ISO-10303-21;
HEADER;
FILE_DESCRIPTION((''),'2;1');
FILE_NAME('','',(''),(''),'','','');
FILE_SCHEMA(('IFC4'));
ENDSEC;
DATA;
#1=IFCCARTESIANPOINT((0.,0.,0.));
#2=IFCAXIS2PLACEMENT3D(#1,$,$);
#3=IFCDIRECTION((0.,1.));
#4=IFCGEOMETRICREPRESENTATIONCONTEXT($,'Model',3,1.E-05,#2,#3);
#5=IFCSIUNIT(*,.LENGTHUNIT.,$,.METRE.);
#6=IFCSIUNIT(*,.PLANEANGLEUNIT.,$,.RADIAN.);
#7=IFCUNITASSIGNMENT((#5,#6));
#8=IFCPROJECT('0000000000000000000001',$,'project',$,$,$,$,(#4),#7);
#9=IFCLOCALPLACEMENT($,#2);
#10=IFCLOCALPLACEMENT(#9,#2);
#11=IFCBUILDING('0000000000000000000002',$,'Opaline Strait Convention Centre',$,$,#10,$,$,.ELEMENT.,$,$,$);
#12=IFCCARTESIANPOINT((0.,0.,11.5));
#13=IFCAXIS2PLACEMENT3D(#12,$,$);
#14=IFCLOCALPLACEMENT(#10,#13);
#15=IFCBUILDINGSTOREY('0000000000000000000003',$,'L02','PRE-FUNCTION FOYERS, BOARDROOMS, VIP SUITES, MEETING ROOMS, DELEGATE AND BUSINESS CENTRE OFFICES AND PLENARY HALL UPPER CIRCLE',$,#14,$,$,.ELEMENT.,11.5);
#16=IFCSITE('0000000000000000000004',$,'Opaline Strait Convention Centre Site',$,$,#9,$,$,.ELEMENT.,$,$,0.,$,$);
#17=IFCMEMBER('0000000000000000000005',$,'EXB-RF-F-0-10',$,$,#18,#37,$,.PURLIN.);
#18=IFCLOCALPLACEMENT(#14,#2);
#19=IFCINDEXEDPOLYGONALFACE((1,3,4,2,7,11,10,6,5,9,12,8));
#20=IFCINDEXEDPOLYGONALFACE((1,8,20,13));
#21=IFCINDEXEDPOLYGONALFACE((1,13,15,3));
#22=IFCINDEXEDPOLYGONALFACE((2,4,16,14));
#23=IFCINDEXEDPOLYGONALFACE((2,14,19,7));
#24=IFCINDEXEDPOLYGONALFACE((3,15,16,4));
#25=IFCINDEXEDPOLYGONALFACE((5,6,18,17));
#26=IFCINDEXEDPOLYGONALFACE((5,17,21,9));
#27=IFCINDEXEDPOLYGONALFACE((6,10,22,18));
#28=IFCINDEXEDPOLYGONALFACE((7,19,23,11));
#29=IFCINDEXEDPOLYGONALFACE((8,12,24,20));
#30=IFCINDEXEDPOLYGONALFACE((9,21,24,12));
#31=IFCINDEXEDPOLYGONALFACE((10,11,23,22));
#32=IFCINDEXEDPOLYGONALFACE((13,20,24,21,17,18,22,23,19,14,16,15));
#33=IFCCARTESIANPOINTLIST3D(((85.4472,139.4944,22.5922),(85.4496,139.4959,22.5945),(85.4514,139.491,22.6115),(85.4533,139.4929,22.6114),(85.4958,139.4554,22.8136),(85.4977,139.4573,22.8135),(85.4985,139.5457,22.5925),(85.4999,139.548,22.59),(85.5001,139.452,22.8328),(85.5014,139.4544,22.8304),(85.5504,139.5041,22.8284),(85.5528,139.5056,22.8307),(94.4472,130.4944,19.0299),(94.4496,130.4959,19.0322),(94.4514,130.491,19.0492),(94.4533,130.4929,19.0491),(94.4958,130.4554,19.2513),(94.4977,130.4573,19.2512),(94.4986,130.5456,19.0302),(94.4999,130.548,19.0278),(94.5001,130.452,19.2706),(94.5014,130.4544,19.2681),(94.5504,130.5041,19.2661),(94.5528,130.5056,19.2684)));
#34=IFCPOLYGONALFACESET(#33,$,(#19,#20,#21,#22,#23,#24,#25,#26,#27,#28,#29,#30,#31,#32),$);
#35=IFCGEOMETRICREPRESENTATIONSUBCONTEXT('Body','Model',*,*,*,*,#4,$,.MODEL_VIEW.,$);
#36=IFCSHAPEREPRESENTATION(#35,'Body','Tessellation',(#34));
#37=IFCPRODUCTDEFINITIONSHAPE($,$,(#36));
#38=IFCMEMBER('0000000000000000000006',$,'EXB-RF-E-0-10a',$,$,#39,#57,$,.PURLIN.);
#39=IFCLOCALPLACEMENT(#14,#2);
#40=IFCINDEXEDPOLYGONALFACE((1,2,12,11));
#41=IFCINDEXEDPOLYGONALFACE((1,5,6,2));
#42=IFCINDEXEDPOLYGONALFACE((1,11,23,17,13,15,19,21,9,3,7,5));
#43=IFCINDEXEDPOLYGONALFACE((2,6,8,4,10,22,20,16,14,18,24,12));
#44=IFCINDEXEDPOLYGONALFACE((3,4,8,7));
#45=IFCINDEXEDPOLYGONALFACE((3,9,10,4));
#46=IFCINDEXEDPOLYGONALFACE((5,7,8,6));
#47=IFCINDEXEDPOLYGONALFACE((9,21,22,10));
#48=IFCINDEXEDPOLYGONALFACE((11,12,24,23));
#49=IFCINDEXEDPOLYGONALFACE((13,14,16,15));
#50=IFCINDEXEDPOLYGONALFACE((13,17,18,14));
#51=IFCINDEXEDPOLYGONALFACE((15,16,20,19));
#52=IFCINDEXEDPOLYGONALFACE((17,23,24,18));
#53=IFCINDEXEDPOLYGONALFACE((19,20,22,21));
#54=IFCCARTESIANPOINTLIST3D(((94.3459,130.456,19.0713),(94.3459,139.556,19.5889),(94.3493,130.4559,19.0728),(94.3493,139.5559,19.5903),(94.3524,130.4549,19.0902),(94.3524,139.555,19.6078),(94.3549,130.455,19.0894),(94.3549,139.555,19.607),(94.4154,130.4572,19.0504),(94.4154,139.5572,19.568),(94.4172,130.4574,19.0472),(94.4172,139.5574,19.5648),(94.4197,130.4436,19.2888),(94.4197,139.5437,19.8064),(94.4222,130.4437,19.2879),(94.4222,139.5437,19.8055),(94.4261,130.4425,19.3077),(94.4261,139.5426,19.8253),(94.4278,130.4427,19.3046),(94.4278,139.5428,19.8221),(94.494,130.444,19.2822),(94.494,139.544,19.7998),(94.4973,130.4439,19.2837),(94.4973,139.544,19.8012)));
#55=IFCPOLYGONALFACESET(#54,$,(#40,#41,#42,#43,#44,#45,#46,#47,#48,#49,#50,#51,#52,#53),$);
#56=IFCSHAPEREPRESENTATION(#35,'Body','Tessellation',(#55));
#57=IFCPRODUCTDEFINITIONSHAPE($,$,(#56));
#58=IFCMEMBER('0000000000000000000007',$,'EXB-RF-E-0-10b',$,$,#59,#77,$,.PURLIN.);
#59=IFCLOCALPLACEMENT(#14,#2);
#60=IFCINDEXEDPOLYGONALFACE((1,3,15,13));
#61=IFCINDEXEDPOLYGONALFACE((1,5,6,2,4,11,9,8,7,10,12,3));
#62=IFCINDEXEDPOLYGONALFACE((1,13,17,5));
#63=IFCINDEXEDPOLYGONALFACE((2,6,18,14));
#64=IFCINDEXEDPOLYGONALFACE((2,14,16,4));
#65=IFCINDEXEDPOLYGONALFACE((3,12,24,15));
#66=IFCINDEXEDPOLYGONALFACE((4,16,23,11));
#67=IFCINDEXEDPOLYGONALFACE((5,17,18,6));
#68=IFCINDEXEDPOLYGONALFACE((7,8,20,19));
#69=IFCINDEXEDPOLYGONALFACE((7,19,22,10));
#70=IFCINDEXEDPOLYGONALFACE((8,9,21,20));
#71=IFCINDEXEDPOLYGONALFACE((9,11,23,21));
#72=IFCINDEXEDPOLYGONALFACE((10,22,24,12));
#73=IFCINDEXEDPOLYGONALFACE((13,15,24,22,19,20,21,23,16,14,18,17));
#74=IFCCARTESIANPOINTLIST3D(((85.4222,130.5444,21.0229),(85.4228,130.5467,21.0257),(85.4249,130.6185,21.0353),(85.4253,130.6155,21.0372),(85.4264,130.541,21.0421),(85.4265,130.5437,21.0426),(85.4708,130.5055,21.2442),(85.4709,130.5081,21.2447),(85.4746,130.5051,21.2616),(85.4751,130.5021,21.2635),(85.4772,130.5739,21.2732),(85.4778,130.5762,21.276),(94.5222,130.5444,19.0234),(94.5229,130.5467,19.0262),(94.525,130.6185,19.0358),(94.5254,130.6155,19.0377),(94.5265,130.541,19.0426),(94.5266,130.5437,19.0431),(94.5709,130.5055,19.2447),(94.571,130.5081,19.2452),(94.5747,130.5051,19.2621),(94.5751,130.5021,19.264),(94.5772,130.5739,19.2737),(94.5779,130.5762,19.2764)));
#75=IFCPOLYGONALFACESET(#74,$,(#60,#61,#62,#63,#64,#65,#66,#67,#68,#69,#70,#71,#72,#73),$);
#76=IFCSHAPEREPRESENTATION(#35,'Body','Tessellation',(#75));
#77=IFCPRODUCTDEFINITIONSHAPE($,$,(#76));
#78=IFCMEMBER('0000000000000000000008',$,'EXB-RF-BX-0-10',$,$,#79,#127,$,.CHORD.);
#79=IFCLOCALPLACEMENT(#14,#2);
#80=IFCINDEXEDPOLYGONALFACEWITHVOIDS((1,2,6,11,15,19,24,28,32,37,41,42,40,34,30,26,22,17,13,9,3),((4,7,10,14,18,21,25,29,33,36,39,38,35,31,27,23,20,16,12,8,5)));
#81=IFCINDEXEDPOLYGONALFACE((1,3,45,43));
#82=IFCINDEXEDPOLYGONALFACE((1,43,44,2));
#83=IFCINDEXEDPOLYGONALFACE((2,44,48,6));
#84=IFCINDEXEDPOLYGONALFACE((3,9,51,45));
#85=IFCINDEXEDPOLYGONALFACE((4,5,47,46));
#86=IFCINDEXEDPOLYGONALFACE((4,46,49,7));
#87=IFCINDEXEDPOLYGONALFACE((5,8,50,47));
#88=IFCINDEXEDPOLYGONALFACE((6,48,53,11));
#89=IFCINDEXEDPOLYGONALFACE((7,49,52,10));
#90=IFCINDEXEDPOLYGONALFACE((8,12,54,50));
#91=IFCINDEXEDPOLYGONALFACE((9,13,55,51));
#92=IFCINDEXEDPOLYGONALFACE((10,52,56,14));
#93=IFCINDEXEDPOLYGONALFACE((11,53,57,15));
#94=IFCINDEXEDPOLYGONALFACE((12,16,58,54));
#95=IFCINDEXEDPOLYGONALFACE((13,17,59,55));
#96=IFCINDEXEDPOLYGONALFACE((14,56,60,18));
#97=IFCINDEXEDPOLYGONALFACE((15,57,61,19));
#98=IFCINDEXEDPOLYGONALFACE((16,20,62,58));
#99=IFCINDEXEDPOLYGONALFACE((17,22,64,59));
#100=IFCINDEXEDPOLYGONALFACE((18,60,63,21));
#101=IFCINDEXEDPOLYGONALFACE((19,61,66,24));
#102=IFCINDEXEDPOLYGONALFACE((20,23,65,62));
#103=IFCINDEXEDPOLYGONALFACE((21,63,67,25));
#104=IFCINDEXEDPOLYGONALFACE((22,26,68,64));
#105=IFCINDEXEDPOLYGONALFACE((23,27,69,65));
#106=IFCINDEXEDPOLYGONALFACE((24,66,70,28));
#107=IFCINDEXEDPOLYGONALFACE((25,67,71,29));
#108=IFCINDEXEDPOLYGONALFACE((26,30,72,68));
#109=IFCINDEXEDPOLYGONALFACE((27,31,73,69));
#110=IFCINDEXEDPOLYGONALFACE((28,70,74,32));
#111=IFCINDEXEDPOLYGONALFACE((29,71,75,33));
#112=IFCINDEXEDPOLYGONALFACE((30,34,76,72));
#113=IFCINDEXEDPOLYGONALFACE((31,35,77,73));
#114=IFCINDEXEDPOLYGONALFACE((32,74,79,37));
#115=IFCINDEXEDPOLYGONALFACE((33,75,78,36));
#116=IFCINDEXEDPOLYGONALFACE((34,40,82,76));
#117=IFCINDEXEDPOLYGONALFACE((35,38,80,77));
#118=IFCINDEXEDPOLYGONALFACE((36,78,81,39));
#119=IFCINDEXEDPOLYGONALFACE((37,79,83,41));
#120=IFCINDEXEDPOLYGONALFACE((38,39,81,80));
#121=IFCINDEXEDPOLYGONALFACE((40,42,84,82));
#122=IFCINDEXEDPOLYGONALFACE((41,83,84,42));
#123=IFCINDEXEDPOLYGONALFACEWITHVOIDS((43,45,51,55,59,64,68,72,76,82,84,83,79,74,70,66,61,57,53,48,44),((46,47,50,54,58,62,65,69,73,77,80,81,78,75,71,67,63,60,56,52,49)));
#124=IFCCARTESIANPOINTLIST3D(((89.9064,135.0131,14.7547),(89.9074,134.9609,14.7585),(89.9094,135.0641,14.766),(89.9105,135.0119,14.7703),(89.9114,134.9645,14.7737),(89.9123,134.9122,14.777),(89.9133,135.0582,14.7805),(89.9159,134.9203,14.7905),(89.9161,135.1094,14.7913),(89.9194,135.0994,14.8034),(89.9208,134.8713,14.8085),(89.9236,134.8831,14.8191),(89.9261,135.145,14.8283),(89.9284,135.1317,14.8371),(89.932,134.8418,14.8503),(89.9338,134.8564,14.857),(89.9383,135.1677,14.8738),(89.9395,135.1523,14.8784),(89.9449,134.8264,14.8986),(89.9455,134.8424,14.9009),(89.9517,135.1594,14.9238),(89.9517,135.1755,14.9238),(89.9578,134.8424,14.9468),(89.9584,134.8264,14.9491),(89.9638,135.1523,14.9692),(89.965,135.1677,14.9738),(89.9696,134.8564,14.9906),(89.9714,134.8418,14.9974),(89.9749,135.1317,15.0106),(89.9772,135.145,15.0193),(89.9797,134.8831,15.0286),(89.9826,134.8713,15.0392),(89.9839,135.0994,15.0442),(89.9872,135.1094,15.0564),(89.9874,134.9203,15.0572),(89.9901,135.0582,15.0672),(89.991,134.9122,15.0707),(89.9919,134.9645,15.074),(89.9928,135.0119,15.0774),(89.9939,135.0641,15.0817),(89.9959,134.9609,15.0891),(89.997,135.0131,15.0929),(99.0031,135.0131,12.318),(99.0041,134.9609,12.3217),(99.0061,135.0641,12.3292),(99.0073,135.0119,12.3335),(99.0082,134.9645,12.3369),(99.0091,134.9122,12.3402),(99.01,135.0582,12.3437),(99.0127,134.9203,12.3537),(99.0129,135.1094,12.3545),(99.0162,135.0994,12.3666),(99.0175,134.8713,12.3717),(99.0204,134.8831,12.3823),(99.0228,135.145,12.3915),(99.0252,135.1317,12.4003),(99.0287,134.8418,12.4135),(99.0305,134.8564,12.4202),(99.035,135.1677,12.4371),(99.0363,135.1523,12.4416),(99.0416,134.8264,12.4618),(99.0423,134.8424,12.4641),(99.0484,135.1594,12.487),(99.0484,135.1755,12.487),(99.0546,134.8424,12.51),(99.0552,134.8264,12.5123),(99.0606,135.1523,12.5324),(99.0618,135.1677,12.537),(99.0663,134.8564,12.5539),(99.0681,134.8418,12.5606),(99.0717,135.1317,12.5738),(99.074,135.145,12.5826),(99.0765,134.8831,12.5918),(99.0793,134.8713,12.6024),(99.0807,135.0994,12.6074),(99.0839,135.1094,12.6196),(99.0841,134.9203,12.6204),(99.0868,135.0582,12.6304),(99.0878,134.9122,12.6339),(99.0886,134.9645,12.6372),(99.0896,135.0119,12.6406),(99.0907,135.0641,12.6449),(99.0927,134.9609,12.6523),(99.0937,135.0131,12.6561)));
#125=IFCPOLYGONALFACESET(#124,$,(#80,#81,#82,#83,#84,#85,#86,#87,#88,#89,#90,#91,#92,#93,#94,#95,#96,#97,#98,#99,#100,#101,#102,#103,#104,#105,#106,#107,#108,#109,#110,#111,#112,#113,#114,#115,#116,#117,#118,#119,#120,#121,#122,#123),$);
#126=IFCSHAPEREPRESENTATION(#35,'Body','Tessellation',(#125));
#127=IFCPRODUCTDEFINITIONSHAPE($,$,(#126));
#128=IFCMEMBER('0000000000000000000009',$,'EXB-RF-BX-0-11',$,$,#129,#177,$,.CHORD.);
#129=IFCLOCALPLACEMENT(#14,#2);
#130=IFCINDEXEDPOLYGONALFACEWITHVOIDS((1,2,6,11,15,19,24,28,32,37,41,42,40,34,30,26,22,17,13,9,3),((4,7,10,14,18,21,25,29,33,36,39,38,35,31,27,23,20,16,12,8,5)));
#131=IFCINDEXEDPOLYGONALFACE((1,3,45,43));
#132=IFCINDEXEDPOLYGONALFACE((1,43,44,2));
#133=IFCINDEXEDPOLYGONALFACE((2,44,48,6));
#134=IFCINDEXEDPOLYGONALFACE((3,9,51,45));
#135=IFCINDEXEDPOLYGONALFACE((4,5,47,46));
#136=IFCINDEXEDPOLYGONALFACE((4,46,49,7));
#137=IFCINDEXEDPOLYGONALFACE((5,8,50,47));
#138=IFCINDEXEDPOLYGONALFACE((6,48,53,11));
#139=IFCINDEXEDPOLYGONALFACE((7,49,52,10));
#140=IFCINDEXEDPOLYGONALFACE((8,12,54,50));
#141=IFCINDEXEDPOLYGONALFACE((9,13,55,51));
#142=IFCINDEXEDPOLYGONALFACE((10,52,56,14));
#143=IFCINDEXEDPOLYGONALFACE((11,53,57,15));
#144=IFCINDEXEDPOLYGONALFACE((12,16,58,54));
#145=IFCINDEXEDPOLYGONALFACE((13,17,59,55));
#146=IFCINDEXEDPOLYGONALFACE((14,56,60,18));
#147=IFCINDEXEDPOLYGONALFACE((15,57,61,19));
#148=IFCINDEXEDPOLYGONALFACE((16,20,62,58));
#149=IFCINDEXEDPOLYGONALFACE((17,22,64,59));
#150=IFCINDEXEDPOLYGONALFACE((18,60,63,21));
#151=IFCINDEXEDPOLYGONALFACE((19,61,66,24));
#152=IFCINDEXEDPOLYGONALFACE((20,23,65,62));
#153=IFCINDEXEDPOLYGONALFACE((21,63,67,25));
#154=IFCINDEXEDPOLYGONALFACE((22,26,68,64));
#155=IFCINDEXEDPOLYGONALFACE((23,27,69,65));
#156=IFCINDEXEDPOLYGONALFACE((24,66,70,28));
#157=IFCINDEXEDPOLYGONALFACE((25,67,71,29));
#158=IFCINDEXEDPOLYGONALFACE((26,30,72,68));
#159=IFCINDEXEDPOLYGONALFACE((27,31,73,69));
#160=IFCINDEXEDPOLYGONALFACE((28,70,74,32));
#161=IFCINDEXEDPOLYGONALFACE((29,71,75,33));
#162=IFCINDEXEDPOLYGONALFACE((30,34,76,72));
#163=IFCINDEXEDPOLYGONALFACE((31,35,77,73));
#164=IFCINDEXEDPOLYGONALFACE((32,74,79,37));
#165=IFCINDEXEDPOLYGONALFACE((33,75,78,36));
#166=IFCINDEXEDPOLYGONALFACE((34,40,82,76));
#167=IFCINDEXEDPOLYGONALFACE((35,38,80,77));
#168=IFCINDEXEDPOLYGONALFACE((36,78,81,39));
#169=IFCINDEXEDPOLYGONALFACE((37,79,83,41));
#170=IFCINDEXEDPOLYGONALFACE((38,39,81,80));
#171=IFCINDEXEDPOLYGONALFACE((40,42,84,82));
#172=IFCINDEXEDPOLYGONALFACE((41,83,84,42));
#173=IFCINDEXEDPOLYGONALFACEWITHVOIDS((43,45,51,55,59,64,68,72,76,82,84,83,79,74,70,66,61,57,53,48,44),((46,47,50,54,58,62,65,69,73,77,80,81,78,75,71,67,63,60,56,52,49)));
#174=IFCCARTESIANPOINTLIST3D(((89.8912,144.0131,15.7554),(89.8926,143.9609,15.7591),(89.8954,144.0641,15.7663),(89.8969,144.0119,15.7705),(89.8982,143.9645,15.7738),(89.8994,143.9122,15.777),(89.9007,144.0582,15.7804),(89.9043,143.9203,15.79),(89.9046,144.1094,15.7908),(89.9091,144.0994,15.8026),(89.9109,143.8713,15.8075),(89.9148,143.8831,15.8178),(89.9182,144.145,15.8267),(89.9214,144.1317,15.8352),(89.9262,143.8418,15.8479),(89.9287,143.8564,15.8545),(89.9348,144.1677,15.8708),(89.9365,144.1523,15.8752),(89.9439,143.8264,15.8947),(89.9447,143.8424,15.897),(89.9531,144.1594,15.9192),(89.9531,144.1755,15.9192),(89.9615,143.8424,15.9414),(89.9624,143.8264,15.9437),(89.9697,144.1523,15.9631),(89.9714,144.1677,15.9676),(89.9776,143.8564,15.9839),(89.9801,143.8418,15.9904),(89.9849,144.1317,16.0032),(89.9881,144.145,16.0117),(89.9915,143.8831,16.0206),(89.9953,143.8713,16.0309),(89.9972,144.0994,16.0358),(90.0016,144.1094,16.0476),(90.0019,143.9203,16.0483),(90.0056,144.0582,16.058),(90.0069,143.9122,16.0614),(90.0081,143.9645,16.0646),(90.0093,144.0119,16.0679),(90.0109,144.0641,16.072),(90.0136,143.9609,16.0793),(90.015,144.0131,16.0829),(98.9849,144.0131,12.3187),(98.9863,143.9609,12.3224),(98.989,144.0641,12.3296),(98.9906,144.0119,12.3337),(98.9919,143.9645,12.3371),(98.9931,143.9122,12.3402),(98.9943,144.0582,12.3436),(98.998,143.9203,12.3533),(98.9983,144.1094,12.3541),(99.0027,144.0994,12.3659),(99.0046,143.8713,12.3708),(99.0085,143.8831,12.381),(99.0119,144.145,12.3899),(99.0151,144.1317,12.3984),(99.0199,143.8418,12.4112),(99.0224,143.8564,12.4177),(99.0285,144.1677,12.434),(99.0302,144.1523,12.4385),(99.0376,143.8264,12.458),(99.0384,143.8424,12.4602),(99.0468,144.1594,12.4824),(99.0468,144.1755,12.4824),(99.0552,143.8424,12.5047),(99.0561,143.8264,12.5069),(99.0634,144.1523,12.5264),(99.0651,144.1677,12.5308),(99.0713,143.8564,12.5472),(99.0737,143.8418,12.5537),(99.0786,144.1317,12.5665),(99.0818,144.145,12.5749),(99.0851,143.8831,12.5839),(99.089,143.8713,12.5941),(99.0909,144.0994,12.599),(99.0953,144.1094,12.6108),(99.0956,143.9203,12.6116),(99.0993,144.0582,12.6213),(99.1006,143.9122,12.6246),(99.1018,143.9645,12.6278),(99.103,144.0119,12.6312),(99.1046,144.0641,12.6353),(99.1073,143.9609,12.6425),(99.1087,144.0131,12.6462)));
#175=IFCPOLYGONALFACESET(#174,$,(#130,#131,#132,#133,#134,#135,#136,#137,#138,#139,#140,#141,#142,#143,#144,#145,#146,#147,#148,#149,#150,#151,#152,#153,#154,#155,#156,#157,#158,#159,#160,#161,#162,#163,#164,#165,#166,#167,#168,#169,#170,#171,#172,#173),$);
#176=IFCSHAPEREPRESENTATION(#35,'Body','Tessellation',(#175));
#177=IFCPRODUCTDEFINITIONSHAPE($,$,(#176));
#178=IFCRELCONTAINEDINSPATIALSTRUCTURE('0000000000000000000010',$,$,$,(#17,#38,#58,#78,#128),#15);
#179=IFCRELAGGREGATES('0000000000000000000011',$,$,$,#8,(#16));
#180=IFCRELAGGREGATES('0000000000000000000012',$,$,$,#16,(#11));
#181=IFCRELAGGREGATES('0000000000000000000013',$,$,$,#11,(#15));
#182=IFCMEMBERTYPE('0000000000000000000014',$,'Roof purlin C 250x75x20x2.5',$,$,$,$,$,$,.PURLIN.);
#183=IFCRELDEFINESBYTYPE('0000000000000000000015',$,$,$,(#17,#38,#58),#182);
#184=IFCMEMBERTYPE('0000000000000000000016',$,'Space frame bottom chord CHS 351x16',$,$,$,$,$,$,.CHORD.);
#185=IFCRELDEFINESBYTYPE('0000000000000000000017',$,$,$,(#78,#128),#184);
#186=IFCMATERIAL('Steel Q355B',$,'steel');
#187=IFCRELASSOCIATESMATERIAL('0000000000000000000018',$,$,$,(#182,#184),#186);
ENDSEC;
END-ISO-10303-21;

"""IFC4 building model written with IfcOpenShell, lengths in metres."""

from ifc_helpers import new_model, si_unit, direction, frame, origin, origin_2d, place, context, subcontext, project, spatial, polyline, hollow_circle, outline, extrude, material, material_profile, profile_set, type_object, element, save


model = new_model("IFC4")

# Units and contexts
model_context = context("Model", 3, precision=1e-05, world=origin(), true_north=direction((0.0, 1.0)))
body_context = subcontext(model_context, "Body", "Model", "MODEL_VIEW")
ifc_project = project(units=[si_unit("LENGTHUNIT", "METRE"), si_unit("PLANEANGLEUNIT", "RADIAN")], contexts=[model_context])

# Site, building, storey
site_placement = place(None, origin())
site = spatial("IfcSite", under=ifc_project, at=site_placement, Name="Opaline Strait Convention Centre Site", CompositionType="ELEMENT", RefElevation=0.0)
building_placement = place(site_placement, origin())
building = spatial("IfcBuilding", under=site, at=building_placement, Name="Opaline Strait Convention Centre", CompositionType="ELEMENT")
storey_placement = place(building_placement, frame((0.0, 0.0, 11.5)))
storey = spatial("IfcBuildingStorey", under=building, at=storey_placement, Name="L02", Description="PRE-FUNCTION FOYERS, BOARDROOMS, VIP SUITES, MEETING ROOMS, DELEGATE AND BUSINESS CENTRE OFFICES AND PLENARY HALL UPPER CIRCLE", CompositionType="ELEMENT", Elevation=11.5)

# Members
ifc_material_1 = material(Name="Steel Q355B", Category="steel")
ifc_material_profile_1 = material_profile(ifc_material_1, outline(polyline([(-0.0376, -0.125), (0.0376, -0.125), (0.0376, -0.105), (0.0349, -0.105), (0.0349, -0.1226), (-0.0349, -0.1226), (-0.0349, 0.1226), (0.0349, 0.1226), (0.0349, 0.105), (0.0376, 0.105), (0.0376, 0.125), (-0.0376, 0.125), (-0.0376, -0.125)])), Name="C 250x75x20x2.5")
ifc_profile_set_1 = profile_set([ifc_material_profile_1], Name="Steel Q355B")
member_type_1 = type_object("IfcMemberType", Name="Roof purlin C 250x75x20x2.5", PredefinedType="PURLIN", material=ifc_profile_set_1)
member_1_placement = place(storey_placement, frame((94.5, 130.5, 19.1492), z_axis=(-0.68094, 0.68094, 0.26952), x_axis=(-0.701136, -0.712454, 0.028595)))
element("IfcMember", 1, at=member_1_placement, inside=storey, type_object=member_type_1, Name="EXB-RF-F-0-10", PredefinedType="PURLIN", context=body_context, shape_type="SweptSolid", body=[
    extrude(outline(polyline([(-0.0376, -0.125), (0.0376, -0.125), (0.0376, -0.105), (0.0349, -0.105), (0.0349, -0.1226), (-0.0349, -0.1226), (-0.0349, 0.1226), (0.0349, 0.1226), (0.0349, 0.105), (0.0376, 0.105), (0.0376, 0.125), (-0.0376, 0.125), (-0.0376, -0.125)])), origin(), (0.0, 0.0, 1.0), 13.217),
])
member_2_placement = place(storey_placement, frame((94.4216, 130.45, 19.1775), z_axis=(0.0, 0.998386, 0.056784), x_axis=(-0.947232, -0.018202, 0.320033)))
element("IfcMember", 2, at=member_2_placement, inside=storey, type_object=member_type_1, Name="EXB-RF-E-0-10a", PredefinedType="PURLIN", context=body_context, shape_type="SweptSolid", body=[
    extrude(outline(polyline([(-0.0376, -0.125), (0.0376, -0.125), (0.0376, -0.105), (0.0349, -0.105), (0.0349, -0.1226), (-0.0349, -0.1226), (-0.0349, 0.1226), (0.0349, 0.1226), (0.0349, 0.105), (0.0376, 0.105), (0.0376, 0.125), (-0.0376, 0.125), (-0.0376, -0.125)])), origin(), (0.0, 0.0, 1.0), 9.1147),
])
member_3_placement = place(storey_placement, frame((94.55, 130.5603, 19.1499), z_axis=(-0.976701, 0.0, 0.214605), x_axis=(-0.036376, -0.98553, -0.165553)))
element("IfcMember", 3, at=member_3_placement, inside=storey, type_object=member_type_1, Name="EXB-RF-E-0-10b", PredefinedType="PURLIN", context=body_context, shape_type="SweptSolid", body=[
    extrude(outline(polyline([(-0.0376, -0.125), (0.0376, -0.125), (0.0376, -0.105), (0.0349, -0.105), (0.0349, -0.1226), (-0.0349, -0.1226), (-0.0349, 0.1226), (0.0349, 0.1226), (0.0349, 0.105), (0.0376, 0.105), (0.0376, 0.125), (-0.0376, 0.125), (-0.0376, -0.125)])), origin(), (0.0, 0.0, 1.0), 9.3171),
])
ifc_material_profile_2 = material_profile(ifc_material_1, hollow_circle(Radius=0.1755, WallThickness=0.0161, at=origin_2d()), Name="CHS 351x16")
ifc_profile_set_2 = profile_set([ifc_material_profile_2], Name="Steel Q355B")
member_type_2 = type_object("IfcMemberType", Name="Space frame bottom chord CHS 351x16", PredefinedType="CHORD", material=ifc_profile_set_2)
member_4_placement = place(storey_placement, frame((89.9517, 135.0, 14.9238), z_axis=(0.965944, 0.0, -0.258752), x_axis=(0.0, 1.0, 0.0)))
element("IfcMember", 4, at=member_4_placement, inside=storey, type_object=member_type_2, Name="EXB-RF-BX-0-10", PredefinedType="CHORD", context=body_context, shape_type="SweptSolid", body=[
    extrude(hollow_circle(Radius=0.1755, WallThickness=0.0161, at=origin_2d()), origin(), (0.0, 0.0, 1.0), 9.4175),
])
member_5_placement = place(storey_placement, frame((89.9531, 144.0, 15.9192), z_axis=(0.935426, 0.0, -0.353522), x_axis=(0.0, 1.0, 0.0)))
element("IfcMember", 5, at=member_5_placement, inside=storey, type_object=member_type_2, Name="EXB-RF-BX-0-11", PredefinedType="CHORD", context=body_context, shape_type="SweptSolid", body=[
    extrude(hollow_circle(Radius=0.1755, WallThickness=0.0161, at=origin_2d()), origin(), (0.0, 0.0, 1.0), 9.7214),
])

save(model, "model.ifc")
